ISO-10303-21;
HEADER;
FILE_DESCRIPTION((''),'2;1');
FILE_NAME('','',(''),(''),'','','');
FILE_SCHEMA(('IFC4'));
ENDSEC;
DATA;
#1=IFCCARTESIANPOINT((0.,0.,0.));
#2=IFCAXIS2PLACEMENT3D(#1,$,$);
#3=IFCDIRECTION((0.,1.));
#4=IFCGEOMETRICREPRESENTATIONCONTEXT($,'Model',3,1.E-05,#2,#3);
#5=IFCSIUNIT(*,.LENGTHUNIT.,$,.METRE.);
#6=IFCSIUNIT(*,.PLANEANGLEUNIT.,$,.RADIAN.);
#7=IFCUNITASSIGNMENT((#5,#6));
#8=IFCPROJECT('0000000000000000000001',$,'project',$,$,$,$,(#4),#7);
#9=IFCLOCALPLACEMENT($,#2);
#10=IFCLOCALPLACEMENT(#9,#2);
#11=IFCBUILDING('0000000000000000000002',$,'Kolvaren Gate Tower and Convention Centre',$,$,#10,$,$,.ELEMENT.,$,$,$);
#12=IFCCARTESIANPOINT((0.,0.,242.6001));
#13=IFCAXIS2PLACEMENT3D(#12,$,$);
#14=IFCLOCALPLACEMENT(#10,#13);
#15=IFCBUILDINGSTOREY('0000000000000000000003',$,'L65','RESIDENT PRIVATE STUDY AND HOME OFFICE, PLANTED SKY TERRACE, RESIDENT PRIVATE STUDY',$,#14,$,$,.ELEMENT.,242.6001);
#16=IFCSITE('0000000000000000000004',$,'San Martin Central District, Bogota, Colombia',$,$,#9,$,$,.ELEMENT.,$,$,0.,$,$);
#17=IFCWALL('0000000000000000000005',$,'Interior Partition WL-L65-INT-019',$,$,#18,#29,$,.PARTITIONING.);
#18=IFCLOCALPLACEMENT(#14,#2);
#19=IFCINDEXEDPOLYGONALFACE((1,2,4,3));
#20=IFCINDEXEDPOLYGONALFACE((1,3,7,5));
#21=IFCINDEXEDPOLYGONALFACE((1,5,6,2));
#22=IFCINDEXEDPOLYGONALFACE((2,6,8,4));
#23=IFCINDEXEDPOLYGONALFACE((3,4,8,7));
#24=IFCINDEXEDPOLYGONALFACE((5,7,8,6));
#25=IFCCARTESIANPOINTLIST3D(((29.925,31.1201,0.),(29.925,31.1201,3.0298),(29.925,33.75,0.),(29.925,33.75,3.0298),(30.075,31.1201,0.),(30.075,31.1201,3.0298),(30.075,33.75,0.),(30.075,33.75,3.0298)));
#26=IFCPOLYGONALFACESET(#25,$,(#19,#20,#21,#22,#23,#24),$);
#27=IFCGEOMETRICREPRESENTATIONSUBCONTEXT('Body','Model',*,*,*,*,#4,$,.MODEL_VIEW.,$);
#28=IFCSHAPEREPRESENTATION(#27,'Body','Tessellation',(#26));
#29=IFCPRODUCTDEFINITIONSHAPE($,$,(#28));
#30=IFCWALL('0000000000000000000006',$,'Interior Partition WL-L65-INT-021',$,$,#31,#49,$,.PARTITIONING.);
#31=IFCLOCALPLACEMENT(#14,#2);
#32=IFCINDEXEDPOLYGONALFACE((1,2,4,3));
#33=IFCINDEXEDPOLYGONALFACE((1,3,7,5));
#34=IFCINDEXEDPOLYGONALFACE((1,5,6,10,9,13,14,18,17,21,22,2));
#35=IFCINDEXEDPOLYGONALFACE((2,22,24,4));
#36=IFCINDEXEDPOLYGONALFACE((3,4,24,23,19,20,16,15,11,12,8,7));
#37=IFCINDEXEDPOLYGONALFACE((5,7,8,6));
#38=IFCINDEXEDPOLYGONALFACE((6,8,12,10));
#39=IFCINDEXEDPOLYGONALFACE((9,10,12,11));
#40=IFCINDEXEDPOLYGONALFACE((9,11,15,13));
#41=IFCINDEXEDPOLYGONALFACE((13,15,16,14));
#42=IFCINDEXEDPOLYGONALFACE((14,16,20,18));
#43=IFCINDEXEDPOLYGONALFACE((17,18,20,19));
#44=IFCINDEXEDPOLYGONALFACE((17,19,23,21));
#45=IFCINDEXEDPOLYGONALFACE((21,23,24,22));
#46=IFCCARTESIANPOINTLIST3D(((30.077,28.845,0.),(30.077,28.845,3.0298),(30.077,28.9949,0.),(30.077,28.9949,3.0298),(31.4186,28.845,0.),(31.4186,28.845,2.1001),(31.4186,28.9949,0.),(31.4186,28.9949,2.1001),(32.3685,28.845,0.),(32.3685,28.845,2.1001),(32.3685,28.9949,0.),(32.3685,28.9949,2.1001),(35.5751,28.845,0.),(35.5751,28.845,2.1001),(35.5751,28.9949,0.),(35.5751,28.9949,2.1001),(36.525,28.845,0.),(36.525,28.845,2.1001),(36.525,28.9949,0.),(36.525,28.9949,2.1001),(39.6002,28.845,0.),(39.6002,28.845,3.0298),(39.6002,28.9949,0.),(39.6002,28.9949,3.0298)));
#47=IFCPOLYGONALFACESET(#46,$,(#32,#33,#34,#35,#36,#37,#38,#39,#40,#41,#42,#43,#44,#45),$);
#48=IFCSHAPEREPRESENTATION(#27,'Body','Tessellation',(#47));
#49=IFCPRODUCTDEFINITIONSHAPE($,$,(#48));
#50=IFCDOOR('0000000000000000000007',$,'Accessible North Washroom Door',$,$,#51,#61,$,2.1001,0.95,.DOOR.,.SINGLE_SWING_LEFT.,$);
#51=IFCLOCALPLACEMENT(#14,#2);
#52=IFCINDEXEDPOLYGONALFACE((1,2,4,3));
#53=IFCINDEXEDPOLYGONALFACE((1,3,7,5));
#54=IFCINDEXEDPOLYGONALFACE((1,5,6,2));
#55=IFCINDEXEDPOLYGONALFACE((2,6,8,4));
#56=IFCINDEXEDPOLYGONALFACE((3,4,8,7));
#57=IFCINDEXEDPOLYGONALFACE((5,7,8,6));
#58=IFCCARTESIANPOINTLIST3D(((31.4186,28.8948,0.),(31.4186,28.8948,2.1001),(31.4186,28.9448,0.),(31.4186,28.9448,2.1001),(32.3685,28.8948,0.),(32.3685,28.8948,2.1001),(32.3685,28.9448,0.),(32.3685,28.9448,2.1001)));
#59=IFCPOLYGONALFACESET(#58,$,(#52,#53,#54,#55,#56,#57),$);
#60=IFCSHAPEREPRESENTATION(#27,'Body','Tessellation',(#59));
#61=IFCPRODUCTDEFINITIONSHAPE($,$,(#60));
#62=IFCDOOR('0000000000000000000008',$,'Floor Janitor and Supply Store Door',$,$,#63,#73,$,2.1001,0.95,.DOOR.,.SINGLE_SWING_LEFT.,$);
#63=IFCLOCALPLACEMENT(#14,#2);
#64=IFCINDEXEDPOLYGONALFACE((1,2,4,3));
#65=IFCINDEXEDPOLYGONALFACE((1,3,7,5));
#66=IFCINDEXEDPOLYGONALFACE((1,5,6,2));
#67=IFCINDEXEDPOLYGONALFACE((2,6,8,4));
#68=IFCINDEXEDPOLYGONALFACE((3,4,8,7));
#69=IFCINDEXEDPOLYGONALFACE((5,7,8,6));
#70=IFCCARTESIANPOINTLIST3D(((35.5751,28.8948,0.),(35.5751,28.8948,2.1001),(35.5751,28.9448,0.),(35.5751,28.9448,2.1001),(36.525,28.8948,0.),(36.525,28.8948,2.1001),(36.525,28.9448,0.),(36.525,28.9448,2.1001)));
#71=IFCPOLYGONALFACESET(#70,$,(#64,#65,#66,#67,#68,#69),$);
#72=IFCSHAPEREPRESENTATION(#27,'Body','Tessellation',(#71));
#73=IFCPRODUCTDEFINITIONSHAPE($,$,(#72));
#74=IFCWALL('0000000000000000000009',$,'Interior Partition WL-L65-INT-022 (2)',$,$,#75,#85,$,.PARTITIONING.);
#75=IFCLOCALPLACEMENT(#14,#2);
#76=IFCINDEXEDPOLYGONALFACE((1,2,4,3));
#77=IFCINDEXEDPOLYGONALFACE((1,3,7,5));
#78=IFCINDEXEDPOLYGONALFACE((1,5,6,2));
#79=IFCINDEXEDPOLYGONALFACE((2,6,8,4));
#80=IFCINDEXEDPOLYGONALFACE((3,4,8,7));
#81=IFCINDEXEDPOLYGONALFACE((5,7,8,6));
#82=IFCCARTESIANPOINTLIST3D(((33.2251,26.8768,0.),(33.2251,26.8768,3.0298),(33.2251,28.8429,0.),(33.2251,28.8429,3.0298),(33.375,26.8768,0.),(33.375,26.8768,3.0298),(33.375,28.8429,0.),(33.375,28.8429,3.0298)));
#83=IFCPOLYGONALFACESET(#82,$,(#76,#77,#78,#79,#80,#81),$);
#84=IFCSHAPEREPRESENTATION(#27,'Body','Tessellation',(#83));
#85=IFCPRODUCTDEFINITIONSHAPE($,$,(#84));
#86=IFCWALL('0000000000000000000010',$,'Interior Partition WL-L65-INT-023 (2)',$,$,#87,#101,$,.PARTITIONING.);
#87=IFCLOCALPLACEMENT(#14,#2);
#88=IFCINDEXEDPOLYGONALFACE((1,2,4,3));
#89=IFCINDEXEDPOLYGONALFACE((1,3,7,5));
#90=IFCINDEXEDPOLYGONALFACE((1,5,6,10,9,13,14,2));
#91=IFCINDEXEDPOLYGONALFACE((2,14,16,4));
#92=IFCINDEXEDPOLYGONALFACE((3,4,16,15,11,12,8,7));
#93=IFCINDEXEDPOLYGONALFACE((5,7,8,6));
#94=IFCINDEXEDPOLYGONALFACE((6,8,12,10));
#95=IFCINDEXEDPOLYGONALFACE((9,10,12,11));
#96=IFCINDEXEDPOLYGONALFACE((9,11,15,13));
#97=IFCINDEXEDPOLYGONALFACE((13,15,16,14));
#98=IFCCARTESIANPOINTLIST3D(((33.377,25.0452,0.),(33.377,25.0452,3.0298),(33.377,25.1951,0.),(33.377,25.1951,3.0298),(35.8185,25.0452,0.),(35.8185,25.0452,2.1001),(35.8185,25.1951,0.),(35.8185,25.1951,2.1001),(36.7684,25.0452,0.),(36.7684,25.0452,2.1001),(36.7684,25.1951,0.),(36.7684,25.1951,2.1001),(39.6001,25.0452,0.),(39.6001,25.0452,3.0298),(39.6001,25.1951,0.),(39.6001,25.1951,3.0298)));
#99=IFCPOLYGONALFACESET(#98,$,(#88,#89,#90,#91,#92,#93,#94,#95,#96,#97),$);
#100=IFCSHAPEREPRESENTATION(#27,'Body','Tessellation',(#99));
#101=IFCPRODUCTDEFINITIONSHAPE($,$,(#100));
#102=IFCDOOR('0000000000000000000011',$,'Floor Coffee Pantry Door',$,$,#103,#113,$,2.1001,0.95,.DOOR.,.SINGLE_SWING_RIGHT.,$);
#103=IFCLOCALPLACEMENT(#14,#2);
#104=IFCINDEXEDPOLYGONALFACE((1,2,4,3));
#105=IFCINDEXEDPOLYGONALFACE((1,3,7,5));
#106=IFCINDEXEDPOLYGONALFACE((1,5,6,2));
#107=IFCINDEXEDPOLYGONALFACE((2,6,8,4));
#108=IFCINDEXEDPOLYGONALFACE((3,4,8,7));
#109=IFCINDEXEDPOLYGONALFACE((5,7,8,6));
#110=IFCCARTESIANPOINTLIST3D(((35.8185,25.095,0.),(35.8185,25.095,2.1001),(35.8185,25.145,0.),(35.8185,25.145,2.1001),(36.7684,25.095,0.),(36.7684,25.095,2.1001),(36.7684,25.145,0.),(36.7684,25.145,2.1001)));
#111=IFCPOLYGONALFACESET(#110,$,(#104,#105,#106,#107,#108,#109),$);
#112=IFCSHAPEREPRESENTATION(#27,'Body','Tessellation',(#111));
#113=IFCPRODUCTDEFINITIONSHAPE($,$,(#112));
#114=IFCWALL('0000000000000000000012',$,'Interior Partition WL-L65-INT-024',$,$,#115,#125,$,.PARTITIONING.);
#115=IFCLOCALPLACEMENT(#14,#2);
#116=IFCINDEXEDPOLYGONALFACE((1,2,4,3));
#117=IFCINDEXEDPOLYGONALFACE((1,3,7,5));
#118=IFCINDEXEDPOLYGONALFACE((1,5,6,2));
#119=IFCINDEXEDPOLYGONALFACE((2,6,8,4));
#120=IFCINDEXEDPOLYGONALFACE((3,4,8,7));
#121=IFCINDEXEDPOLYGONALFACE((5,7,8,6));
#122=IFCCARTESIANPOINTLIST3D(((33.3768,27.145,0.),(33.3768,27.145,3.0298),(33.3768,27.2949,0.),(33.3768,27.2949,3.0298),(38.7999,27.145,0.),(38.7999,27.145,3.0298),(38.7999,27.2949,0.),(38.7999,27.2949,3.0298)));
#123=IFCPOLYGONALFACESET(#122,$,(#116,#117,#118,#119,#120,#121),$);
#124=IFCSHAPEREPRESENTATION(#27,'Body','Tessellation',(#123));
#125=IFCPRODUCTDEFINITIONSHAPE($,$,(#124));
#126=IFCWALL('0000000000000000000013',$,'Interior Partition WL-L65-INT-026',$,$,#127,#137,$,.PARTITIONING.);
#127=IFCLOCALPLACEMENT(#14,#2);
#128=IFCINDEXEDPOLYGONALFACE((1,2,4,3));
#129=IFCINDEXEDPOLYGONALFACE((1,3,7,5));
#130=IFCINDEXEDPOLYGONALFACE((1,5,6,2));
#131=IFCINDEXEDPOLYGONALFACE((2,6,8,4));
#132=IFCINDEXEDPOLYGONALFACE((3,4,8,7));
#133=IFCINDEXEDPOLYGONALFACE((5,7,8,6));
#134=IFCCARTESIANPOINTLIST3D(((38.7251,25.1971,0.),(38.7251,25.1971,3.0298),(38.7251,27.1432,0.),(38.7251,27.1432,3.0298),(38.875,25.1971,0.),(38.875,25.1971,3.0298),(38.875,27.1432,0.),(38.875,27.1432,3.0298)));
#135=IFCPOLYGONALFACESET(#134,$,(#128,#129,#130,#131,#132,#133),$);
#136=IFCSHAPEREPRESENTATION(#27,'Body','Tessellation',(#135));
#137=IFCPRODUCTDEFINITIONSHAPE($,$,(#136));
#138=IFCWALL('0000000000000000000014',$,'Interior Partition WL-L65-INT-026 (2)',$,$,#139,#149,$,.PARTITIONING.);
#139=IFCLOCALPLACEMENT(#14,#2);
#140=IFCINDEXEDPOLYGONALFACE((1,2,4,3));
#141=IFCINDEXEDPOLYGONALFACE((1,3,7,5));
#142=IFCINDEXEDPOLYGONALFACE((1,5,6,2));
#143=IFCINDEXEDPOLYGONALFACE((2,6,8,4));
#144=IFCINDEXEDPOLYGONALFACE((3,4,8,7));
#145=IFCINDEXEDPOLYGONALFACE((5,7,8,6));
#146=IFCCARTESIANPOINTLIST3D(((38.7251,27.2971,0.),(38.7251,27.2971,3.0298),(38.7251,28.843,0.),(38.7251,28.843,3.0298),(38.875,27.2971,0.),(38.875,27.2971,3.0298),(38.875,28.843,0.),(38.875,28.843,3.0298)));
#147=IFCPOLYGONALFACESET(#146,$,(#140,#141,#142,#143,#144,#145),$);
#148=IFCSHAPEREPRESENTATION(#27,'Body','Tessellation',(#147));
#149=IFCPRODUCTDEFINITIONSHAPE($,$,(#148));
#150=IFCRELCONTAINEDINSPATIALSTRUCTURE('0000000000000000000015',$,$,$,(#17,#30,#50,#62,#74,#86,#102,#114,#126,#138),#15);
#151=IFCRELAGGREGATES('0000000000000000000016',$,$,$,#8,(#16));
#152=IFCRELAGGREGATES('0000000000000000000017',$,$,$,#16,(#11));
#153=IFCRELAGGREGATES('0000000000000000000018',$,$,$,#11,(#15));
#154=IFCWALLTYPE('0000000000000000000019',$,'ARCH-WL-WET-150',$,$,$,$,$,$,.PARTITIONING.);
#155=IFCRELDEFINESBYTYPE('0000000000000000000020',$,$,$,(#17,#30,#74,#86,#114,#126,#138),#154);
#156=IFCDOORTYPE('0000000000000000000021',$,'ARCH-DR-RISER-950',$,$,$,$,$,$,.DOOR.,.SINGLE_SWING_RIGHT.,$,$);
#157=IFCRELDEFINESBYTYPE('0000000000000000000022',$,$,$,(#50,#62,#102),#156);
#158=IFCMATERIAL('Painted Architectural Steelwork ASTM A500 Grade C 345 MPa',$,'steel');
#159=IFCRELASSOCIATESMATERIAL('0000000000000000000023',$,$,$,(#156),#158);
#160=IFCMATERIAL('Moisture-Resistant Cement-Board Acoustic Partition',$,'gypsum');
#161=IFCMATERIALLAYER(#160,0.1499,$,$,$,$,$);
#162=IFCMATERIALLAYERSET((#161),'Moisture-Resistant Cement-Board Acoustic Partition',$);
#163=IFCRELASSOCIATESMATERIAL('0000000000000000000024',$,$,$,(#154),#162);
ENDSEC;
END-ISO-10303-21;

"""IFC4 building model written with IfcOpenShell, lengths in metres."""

from ifc_helpers import new_model, si_unit, direction, frame, frame_2d, origin, place, context, subcontext, project, spatial, rectangle, extrude, material, layer, layer_set, type_object, element, fill, save


model = new_model("IFC4")

# Units and contexts
model_context = context("Model", 3, precision=1e-05, world=origin(), true_north=direction((0.0, 1.0)))
body_context = subcontext(model_context, "Body", "Model", "MODEL_VIEW")
ifc_project = project(units=[si_unit("LENGTHUNIT", "METRE"), si_unit("PLANEANGLEUNIT", "RADIAN")], contexts=[model_context])

# Site, building, storey
site_placement = place(None, origin())
site = spatial("IfcSite", under=ifc_project, at=site_placement, Name="San Martin Central District, Bogota, Colombia", CompositionType="ELEMENT", RefElevation=0.0)
building_placement = place(site_placement, origin())
building = spatial("IfcBuilding", under=site, at=building_placement, Name="Kolvaren Gate Tower and Convention Centre", CompositionType="ELEMENT")
storey_placement = place(building_placement, frame((0.0, 0.0, 242.6001)))
storey = spatial("IfcBuildingStorey", under=building, at=storey_placement, Name="L65", Description="RESIDENT PRIVATE STUDY AND HOME OFFICE, PLANTED SKY TERRACE, RESIDENT PRIVATE STUDY", CompositionType="ELEMENT", Elevation=242.6001)

# Shared definitions
ifc_material_1 = material(Name="Painted Architectural Steelwork ASTM A500 Grade C 345 MPa", Category="steel")
door_type = type_object("IfcDoorType", Name="ARCH-DR-RISER-950", OperationType="SINGLE_SWING_RIGHT", PredefinedType="DOOR", material=ifc_material_1)

# Wall
ifc_material_2 = material(Name="Moisture-Resistant Cement-Board Acoustic Partition", Category="gypsum")
ifc_layer_1 = layer(ifc_material_2, 0.1499)
ifc_layer_set_1 = layer_set([ifc_layer_1], Name="Moisture-Resistant Cement-Board Acoustic Partition")
wall_type_1 = type_object("IfcWallType", Name="ARCH-WL-WET-150", PredefinedType="PARTITIONING", material=ifc_layer_set_1)
wall_1_placement = place(storey_placement, frame((30.0, 31.1201, 0.0), z_axis=(0.0, 0.0, 1.0), x_axis=(0.0, 1.0, 0.0)))
element("IfcWall", 1, at=wall_1_placement, inside=storey, type_object=wall_type_1, Name="Interior Partition WL-L65-INT-019", PredefinedType="PARTITIONING", context=body_context, shape_type="SweptSolid", body=[
    extrude(rectangle(XDim=2.6299, YDim=0.1499, at=frame_2d((1.3149, 0.0))), origin(), (0.0, 0.0, 1.0), 3.0298),
])

# Wall, openings, doors
wall_2_placement = place(storey_placement, frame((30.0769, 28.9199, 0.0), z_axis=(0.0, 0.0, 1.0), x_axis=(1.0, 0.0, 0.0)))
wall_2 = element("IfcWall", 2, at=wall_2_placement, inside=storey, type_object=wall_type_1, Name="Interior Partition WL-L65-INT-021", PredefinedType="PARTITIONING", context=body_context, shape_type="SweptSolid", body=[
    extrude(rectangle(XDim=9.5232, YDim=0.1499, at=frame_2d((4.7617, 0.0))), origin(), (0.0, 0.0, 1.0), 3.0298),
])
opening_1_placement = place(wall_2_placement, frame((1.3416, 0.0, 0.0)))
opening_1 = element("IfcOpeningElement", 3, at=opening_1_placement, cuts=wall_2, PredefinedType="OPENING", context=body_context, shape_type="SweptSolid", body=[
    extrude(rectangle(XDim=0.95, YDim=2.1001, at=frame_2d((0.4751, 1.05))), frame((0.0, 0.085, 0.0), z_axis=(0.0, -1.0, 0.0), x_axis=(1.0, 0.0, 0.0)), (0.0, 0.0, 1.0), 0.1699),
])
opening_2_placement = place(wall_2_placement, frame((5.498, 0.0, 0.0)))
opening_2 = element("IfcOpeningElement", 4, at=opening_2_placement, cuts=wall_2, PredefinedType="OPENING", context=body_context, shape_type="SweptSolid", body=[
    extrude(rectangle(XDim=0.95, YDim=2.1001, at=frame_2d((0.4751, 1.05))), frame((0.0, 0.085, 0.0), z_axis=(0.0, -1.0, 0.0), x_axis=(1.0, 0.0, 0.0)), (0.0, 0.0, 1.0), 0.1699),
])
door_1_placement = place(opening_1_placement, origin())
door_1 = element("IfcDoor", 5, at=door_1_placement, inside=storey, type_object=door_type, Name="Accessible North Washroom Door", OperationType="SINGLE_SWING_LEFT", OverallHeight=2.1001, OverallWidth=0.95, PredefinedType="DOOR", context=body_context, shape_type="SweptSolid", body=[
    extrude(rectangle(XDim=0.95, YDim=2.1001, at=frame_2d((0.4751, 1.05))), frame((0.0, 0.0249, 0.0), z_axis=(0.0, -1.0, 0.0), x_axis=(1.0, 0.0, 0.0)), (0.0, 0.0, 1.0), 0.05),
])
fill(opening_1, door_1)
door_2_placement = place(opening_2_placement, origin())
door_2 = element("IfcDoor", 6, at=door_2_placement, inside=storey, type_object=door_type, Name="Floor Janitor and Supply Store Door", OperationType="SINGLE_SWING_LEFT", OverallHeight=2.1001, OverallWidth=0.95, PredefinedType="DOOR", context=body_context, shape_type="SweptSolid", body=[
    extrude(rectangle(XDim=0.95, YDim=2.1001, at=frame_2d((0.4751, 1.05))), frame((0.0, 0.0249, 0.0), z_axis=(0.0, -1.0, 0.0), x_axis=(1.0, 0.0, 0.0)), (0.0, 0.0, 1.0), 0.05),
])
fill(opening_2, door_2)

# Wall
wall_3_placement = place(storey_placement, frame((33.3, 26.877, 0.0), z_axis=(0.0, 0.0, 1.0), x_axis=(0.0, 1.0, 0.0)))
element("IfcWall", 7, at=wall_3_placement, inside=storey, type_object=wall_type_1, Name="Interior Partition WL-L65-INT-022 (2)", PredefinedType="PARTITIONING", context=body_context, shape_type="SweptSolid", body=[
    extrude(rectangle(XDim=1.9661, YDim=0.1499, at=frame_2d((0.9829, 0.0))), origin(), (0.0, 0.0, 1.0), 3.0298),
])

# Wall, opening, door
wall_4_placement = place(storey_placement, frame((33.377, 25.1201, 0.0), z_axis=(0.0, 0.0, 1.0), x_axis=(1.0, 0.0, 0.0)))
wall_4 = element("IfcWall", 8, at=wall_4_placement, inside=storey, type_object=wall_type_1, Name="Interior Partition WL-L65-INT-023 (2)", PredefinedType="PARTITIONING", context=body_context, shape_type="SweptSolid", body=[
    extrude(rectangle(XDim=6.2231, YDim=0.1499, at=frame_2d((3.1116, 0.0))), origin(), (0.0, 0.0, 1.0), 3.0298),
])
opening_3_placement = place(wall_4_placement, frame((2.4414, 0.0, 0.0)))
opening_3 = element("IfcOpeningElement", 9, at=opening_3_placement, cuts=wall_4, PredefinedType="OPENING", context=body_context, shape_type="SweptSolid", body=[
    extrude(rectangle(XDim=0.95, YDim=2.1001, at=frame_2d((0.4751, 1.05))), frame((0.0, 0.085, 0.0), z_axis=(0.0, -1.0, 0.0), x_axis=(1.0, 0.0, 0.0)), (0.0, 0.0, 1.0), 0.1699),
])
door_3_placement = place(opening_3_placement, origin())
door_3 = element("IfcDoor", 10, at=door_3_placement, inside=storey, type_object=door_type, Name="Floor Coffee Pantry Door", OperationType="SINGLE_SWING_RIGHT", OverallHeight=2.1001, OverallWidth=0.95, PredefinedType="DOOR", context=body_context, shape_type="SweptSolid", body=[
    extrude(rectangle(XDim=0.95, YDim=2.1001, at=frame_2d((0.4751, 1.05))), frame((0.0, 0.0249, 0.0), z_axis=(0.0, -1.0, 0.0), x_axis=(1.0, 0.0, 0.0)), (0.0, 0.0, 1.0), 0.05),
])
fill(opening_3, door_3)

# Walls
wall_5_placement = place(storey_placement, frame((33.377, 27.22, 0.0), z_axis=(0.0, 0.0, 1.0), x_axis=(1.0, 0.0, 0.0)))
element("IfcWall", 11, at=wall_5_placement, inside=storey, type_object=wall_type_1, Name="Interior Partition WL-L65-INT-024", PredefinedType="PARTITIONING", context=body_context, shape_type="SweptSolid", body=[
    extrude(rectangle(XDim=5.4231, YDim=0.1499, at=frame_2d((2.7114, 0.0))), origin(), (0.0, 0.0, 1.0), 3.0298),
])
wall_6_placement = place(storey_placement, frame((38.8, 25.197, 0.0), z_axis=(0.0, 0.0, 1.0), x_axis=(0.0, 1.0, 0.0)))
element("IfcWall", 12, at=wall_6_placement, inside=storey, type_object=wall_type_1, Name="Interior Partition WL-L65-INT-026", PredefinedType="PARTITIONING", context=body_context, shape_type="SweptSolid", body=[
    extrude(rectangle(XDim=1.946, YDim=0.1499, at=frame_2d((0.9731, 0.0))), origin(), (0.0, 0.0, 1.0), 3.0298),
])
wall_7_placement = place(storey_placement, frame((38.8, 27.2971, 0.0), z_axis=(0.0, 0.0, 1.0), x_axis=(0.0, 1.0, 0.0)))
element("IfcWall", 13, at=wall_7_placement, inside=storey, type_object=wall_type_1, Name="Interior Partition WL-L65-INT-026 (2)", PredefinedType="PARTITIONING", context=body_context, shape_type="SweptSolid", body=[
    extrude(rectangle(XDim=1.5459, YDim=0.1499, at=frame_2d((0.7729, 0.0))), origin(), (0.0, 0.0, 1.0), 3.0298),
])

save(model, "model.ifc")
